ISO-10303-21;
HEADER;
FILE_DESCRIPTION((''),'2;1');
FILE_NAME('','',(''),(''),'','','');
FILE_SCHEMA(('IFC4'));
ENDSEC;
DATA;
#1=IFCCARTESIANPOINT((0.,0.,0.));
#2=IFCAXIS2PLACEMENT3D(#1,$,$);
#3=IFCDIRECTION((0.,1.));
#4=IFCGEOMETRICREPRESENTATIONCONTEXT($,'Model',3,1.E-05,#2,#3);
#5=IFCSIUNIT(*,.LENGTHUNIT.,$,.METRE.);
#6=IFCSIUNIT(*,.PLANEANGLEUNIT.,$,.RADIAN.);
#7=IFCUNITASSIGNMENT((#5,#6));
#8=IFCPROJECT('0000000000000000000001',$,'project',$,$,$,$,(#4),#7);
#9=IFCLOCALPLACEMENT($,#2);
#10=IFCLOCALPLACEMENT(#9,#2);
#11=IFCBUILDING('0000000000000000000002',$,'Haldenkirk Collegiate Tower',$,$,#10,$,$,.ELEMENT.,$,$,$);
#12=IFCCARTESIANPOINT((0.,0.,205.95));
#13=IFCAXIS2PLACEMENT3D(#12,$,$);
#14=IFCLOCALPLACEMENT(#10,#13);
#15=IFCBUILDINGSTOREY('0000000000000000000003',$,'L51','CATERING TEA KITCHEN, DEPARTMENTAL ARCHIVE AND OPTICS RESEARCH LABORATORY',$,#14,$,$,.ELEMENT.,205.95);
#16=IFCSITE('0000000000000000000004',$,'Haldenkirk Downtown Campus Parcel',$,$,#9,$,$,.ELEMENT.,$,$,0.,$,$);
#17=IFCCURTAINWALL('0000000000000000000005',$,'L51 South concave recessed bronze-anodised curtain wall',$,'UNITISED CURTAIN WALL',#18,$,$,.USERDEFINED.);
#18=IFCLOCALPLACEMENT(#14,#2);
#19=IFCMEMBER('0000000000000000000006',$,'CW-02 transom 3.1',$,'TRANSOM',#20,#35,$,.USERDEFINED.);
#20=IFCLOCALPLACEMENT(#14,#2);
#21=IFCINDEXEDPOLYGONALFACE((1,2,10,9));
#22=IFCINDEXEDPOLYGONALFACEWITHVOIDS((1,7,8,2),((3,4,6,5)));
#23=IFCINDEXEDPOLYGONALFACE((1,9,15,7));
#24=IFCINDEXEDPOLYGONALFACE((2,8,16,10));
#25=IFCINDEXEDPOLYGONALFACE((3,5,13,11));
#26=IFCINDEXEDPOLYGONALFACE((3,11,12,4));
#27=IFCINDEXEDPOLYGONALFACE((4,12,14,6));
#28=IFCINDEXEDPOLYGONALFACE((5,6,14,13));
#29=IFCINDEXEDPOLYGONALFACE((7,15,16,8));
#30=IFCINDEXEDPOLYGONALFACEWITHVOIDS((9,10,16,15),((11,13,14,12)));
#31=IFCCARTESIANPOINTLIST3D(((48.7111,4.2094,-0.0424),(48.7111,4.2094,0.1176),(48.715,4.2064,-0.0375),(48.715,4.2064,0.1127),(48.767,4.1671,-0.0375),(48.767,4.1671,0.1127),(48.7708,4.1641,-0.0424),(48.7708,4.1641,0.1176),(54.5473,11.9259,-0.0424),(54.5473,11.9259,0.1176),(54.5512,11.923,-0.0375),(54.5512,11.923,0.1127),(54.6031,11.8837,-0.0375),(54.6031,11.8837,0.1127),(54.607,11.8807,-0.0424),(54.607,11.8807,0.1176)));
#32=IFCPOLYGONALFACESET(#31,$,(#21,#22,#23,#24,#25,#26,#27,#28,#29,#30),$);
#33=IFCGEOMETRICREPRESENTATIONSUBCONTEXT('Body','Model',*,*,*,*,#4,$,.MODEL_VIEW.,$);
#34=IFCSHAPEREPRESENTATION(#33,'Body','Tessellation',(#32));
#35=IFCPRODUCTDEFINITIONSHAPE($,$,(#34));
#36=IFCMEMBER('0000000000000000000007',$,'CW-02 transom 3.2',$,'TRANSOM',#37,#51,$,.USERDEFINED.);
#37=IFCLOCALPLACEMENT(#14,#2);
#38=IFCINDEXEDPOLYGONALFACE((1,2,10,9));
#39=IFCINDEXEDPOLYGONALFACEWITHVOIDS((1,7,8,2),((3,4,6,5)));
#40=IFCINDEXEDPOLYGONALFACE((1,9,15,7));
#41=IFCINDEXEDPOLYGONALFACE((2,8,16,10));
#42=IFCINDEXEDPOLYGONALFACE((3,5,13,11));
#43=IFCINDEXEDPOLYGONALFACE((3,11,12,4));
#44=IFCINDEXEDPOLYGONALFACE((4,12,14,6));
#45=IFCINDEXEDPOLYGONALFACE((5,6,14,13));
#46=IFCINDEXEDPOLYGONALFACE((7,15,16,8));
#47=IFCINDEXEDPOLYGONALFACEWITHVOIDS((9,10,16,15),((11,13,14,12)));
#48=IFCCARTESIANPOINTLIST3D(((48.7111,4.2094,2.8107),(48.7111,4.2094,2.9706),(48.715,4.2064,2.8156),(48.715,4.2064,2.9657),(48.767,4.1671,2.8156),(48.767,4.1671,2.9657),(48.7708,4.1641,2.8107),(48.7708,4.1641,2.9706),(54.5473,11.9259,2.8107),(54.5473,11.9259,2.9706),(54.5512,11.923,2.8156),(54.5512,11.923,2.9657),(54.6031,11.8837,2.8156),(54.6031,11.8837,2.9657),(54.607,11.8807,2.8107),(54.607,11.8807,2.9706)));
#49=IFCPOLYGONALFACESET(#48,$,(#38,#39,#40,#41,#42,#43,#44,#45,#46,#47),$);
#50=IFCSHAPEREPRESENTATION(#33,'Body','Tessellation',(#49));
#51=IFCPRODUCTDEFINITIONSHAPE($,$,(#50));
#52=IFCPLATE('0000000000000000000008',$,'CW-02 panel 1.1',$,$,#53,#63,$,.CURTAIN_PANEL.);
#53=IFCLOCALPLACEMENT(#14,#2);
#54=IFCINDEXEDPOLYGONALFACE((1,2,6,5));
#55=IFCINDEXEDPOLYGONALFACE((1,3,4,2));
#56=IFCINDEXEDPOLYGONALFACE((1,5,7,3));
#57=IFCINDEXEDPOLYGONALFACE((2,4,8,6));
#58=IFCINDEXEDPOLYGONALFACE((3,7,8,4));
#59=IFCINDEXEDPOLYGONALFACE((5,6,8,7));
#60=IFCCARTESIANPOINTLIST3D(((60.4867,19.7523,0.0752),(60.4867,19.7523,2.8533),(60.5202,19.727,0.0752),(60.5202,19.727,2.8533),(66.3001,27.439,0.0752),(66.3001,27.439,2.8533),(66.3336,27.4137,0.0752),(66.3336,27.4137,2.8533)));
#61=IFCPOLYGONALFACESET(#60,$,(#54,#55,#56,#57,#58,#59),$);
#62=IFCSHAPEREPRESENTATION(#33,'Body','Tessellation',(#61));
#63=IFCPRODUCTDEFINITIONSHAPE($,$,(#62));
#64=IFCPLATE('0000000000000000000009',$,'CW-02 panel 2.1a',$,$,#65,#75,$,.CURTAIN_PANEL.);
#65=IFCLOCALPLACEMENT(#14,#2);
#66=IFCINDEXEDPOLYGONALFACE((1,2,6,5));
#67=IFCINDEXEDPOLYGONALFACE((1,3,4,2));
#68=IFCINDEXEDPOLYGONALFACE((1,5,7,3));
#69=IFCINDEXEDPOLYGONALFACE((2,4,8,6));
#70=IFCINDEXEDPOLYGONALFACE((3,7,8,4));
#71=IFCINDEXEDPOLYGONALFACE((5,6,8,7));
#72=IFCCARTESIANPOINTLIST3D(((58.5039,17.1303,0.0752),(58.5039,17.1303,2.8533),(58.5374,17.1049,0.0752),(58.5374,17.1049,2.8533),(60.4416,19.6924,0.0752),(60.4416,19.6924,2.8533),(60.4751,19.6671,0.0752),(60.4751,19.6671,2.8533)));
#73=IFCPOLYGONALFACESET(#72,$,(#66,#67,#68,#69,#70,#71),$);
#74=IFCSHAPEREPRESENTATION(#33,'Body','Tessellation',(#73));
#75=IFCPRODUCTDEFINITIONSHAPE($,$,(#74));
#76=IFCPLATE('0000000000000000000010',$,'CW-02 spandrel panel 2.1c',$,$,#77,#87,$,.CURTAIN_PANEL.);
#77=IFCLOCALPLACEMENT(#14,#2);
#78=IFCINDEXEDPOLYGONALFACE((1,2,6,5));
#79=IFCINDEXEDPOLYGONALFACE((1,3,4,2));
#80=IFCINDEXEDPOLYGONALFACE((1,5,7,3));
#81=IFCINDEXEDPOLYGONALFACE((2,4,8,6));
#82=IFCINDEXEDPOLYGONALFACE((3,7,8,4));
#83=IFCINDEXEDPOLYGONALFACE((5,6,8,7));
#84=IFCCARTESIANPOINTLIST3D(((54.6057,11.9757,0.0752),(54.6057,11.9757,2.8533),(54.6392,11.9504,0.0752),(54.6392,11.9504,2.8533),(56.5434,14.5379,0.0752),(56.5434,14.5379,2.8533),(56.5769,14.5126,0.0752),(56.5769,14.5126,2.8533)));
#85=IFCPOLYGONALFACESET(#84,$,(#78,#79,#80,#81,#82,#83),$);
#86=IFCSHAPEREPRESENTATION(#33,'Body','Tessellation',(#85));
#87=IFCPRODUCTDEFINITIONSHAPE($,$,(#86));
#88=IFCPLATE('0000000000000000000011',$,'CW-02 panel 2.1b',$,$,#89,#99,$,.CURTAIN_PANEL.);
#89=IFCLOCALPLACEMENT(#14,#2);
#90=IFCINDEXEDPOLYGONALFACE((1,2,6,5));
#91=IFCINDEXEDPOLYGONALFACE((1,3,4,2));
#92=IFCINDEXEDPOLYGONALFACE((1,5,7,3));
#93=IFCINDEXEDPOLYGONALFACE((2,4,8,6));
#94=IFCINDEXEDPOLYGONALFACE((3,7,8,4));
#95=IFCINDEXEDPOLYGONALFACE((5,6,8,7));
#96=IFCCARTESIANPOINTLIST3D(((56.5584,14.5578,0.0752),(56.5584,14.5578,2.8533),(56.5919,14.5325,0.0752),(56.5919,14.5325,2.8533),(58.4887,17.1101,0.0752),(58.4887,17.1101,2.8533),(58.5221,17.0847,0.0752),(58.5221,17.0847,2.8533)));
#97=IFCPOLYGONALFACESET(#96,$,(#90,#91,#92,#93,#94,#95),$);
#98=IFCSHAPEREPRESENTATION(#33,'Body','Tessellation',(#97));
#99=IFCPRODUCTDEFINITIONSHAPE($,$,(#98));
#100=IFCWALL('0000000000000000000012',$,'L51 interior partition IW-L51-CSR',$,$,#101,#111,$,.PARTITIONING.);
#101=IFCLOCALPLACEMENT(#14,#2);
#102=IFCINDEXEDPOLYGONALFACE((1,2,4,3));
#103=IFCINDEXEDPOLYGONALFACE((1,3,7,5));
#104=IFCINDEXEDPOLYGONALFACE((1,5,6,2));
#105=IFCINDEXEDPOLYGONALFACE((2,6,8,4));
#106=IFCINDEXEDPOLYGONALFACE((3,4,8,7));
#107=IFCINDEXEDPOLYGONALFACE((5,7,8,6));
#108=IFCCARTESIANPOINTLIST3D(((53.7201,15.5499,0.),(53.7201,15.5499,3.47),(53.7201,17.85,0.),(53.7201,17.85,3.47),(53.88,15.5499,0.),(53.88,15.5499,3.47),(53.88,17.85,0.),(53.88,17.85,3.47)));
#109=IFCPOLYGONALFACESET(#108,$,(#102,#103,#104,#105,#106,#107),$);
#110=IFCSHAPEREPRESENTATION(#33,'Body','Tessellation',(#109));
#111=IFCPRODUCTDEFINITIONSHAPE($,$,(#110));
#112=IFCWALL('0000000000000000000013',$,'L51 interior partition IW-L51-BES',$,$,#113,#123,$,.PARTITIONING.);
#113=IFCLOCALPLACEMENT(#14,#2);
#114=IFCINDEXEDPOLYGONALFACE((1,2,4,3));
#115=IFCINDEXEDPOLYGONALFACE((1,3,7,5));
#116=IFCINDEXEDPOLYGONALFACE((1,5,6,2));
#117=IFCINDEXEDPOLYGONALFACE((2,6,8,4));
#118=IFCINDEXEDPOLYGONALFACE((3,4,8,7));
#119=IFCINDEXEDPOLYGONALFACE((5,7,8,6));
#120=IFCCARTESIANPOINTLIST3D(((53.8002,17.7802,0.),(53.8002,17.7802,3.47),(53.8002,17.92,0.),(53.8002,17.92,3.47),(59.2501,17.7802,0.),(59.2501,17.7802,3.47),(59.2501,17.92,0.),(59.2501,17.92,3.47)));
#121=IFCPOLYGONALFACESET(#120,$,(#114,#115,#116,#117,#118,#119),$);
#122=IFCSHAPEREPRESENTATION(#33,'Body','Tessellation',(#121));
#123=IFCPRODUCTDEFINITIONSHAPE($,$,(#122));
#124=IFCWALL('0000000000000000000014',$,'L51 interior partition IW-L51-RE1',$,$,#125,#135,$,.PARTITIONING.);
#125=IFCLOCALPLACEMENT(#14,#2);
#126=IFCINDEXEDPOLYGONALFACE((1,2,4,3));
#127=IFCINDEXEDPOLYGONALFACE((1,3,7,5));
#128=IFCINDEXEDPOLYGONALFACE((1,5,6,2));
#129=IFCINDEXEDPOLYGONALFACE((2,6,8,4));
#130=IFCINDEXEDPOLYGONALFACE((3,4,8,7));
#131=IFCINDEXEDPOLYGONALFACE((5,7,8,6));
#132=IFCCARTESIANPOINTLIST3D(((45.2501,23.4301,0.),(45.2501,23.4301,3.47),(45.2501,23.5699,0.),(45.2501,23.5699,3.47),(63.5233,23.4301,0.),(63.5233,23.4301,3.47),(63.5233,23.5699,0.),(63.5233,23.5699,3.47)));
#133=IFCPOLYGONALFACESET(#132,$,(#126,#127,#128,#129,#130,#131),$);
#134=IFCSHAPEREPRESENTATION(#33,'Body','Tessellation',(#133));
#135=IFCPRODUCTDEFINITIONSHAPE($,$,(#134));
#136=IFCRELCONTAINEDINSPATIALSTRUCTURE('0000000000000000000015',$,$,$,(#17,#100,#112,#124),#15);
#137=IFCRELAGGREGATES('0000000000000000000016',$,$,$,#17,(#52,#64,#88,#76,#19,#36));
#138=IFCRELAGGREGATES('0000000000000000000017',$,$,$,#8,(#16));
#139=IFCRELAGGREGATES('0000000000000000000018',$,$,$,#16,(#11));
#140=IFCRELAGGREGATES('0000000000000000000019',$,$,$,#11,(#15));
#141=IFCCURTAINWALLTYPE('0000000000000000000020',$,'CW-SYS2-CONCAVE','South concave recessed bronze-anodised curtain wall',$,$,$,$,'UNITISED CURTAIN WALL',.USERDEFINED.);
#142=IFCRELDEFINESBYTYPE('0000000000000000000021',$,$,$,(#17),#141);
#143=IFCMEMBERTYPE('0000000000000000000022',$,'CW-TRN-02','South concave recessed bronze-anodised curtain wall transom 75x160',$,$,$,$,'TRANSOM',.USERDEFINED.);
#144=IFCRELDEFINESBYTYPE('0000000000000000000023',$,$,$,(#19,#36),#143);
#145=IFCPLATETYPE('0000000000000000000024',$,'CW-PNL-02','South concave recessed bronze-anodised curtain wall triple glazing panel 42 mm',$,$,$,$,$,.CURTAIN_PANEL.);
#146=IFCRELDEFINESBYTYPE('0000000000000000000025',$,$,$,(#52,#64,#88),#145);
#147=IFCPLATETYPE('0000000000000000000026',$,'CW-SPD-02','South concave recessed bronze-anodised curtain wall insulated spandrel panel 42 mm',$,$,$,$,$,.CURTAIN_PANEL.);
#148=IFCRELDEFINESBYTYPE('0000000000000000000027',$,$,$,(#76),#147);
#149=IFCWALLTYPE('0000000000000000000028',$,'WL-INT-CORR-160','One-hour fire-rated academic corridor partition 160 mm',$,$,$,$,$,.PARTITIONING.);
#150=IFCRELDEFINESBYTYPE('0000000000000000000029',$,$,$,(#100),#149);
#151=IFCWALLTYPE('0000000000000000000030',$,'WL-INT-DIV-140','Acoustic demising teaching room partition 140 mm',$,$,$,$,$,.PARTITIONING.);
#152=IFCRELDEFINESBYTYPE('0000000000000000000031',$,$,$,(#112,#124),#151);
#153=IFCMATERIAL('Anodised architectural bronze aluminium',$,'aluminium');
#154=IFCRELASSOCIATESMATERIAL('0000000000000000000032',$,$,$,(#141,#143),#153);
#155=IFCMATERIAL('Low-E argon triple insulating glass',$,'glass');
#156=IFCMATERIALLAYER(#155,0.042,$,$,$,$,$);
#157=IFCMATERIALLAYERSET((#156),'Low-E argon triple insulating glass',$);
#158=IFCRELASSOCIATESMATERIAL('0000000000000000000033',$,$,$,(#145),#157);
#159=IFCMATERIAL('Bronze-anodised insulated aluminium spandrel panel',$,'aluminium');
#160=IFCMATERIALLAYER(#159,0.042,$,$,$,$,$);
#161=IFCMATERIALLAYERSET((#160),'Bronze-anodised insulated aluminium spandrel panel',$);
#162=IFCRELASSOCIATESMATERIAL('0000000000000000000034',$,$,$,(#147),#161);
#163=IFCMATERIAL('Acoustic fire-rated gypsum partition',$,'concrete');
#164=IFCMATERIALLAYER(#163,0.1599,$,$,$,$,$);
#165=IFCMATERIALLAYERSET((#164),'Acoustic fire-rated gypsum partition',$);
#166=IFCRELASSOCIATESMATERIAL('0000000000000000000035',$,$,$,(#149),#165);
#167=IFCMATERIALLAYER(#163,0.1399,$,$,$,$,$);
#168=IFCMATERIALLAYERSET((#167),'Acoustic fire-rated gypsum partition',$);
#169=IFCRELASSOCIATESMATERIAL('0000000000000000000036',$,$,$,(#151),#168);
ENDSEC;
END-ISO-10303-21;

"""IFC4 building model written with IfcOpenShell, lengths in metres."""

from ifc_helpers import new_model, si_unit, direction, frame, frame_2d, origin, origin_2d, place, context, subcontext, project, spatial, rectangle, hollow_rectangle, extrude, source, transform, mapped, material, layer, layer_set, material_profile, profile_set, type_object, element, aggregate, save


model = new_model("IFC4")

# Units and contexts
model_context = context("Model", 3, precision=1e-05, world=origin(), true_north=direction((0.0, 1.0)))
body_context = subcontext(model_context, "Body", "Model", "MODEL_VIEW")
ifc_project = project(units=[si_unit("LENGTHUNIT", "METRE"), si_unit("PLANEANGLEUNIT", "RADIAN")], contexts=[model_context])

# Site, building, storey
site_placement = place(None, origin())
site = spatial("IfcSite", under=ifc_project, at=site_placement, Name="Haldenkirk Downtown Campus Parcel", CompositionType="ELEMENT", RefElevation=0.0)
building_placement = place(site_placement, origin())
building = spatial("IfcBuilding", under=site, at=building_placement, Name="Haldenkirk Collegiate Tower", CompositionType="ELEMENT")
storey_placement = place(building_placement, frame((0.0, 0.0, 205.95)))
storey = spatial("IfcBuildingStorey", under=building, at=storey_placement, Name="L51", Description="CATERING TEA KITCHEN, DEPARTMENTAL ARCHIVE AND OPTICS RESEARCH LABORATORY", CompositionType="ELEMENT", Elevation=205.95)

# Curtain wall, members, plates
ifc_material_1 = material(Name="Anodised architectural bronze aluminium", Category="aluminium")
curtain_wall_type = type_object("IfcCurtainWallType", Name="CW-SYS2-CONCAVE", Description="South concave recessed bronze-anodised curtain wall", ElementType="UNITISED CURTAIN WALL", PredefinedType="USERDEFINED", material=ifc_material_1)
curtain_wall_placement = place(storey_placement, origin())
curtain_wall = element("IfcCurtainWall", 1, at=curtain_wall_placement, inside=storey, type_object=curtain_wall_type, Name="L51 South concave recessed bronze-anodised curtain wall", ObjectType="UNITISED CURTAIN WALL", PredefinedType="USERDEFINED")
ifc_material_profile_1 = material_profile(ifc_material_1, hollow_rectangle(XDim=0.075, YDim=0.1599, WallThickness=0.0049, at=origin_2d()), Name="CW-TRN-02")
ifc_profile_set_1 = profile_set([ifc_material_profile_1], Name="Anodised architectural bronze aluminium")
member_type_1 = type_object("IfcMemberType", Name="CW-TRN-02", Description="South concave recessed bronze-anodised curtain wall transom 75x160", ElementType="TRANSOM", PredefinedType="USERDEFINED", material=ifc_profile_set_1)
member_1_placement = place(storey_placement, frame((54.5771, 11.9033, 0.0376), z_axis=(-0.603221, -0.797574, 0.0), x_axis=(0.797574, -0.603221, 0.0)))
member_1 = element("IfcMember", 2, at=member_1_placement, type_object=member_type_1, Name="CW-02 transom 3.1", ObjectType="TRANSOM", PredefinedType="USERDEFINED", context=body_context, shape_type="SweptSolid", body=[
    extrude(hollow_rectangle(XDim=0.075, YDim=0.1599, WallThickness=0.0049, at=origin_2d()), origin(), (0.0, 0.0, 1.0), 9.675),
])
member_2_placement = place(storey_placement, frame((54.5771, 11.9033, 2.8906), z_axis=(-0.603221, -0.797574, 0.0), x_axis=(0.797574, -0.603221, 0.0)))
member_2 = element("IfcMember", 3, at=member_2_placement, type_object=member_type_1, Name="CW-02 transom 3.2", ObjectType="TRANSOM", PredefinedType="USERDEFINED", context=body_context, shape_type="SweptSolid", body=[
    extrude(hollow_rectangle(XDim=0.075, YDim=0.1599, WallThickness=0.0049, at=origin_2d()), origin(), (0.0, 0.0, 1.0), 9.675),
])
ifc_material_2 = material(Name="Low-E argon triple insulating glass", Category="glass")
ifc_layer_1 = layer(ifc_material_2, 0.042)
ifc_layer_set_1 = layer_set([ifc_layer_1], Name="Low-E argon triple insulating glass")
plate_type_1 = type_object("IfcPlateType", Name="CW-PNL-02", Description="South concave recessed bronze-anodised curtain wall triple glazing panel 42 mm", PredefinedType="CURTAIN_PANEL", material=ifc_layer_set_1)
shared_shape_1 = source(origin(), body_context, "Body", "SweptSolid", [
    extrude(rectangle(XDim=9.6375, YDim=0.042, at=origin_2d()), origin(), (0.0, 0.0, 1.0), 2.7781),
])
plate_1_placement = place(storey_placement, frame((63.4102, 23.583, 0.0752), z_axis=(0.0, 0.0, 1.0), x_axis=(-0.603207, -0.797584, 0.0)))
plate_1 = element("IfcPlate", 4, at=plate_1_placement, type_object=plate_type_1, Name="CW-02 panel 1.1", PredefinedType="CURTAIN_PANEL", context=body_context, shape_type="MappedRepresentation", body=[
    mapped(shared_shape_1, transform((0.0, 0.0, 0.0), x_axis=(1.0, 0.0, 0.0), y_axis=(0.0, 1.0, 0.0), z_axis=(0.0, 0.0, 1.0), scale=1.0)),
])
shared_shape_2 = source(origin(), body_context, "Body", "SweptSolid", [
    extrude(rectangle(XDim=3.2124, YDim=0.042, at=origin_2d()), origin(), (0.0, 0.0, 1.0), 2.7781),
])
plate_2_placement = place(storey_placement, frame((59.4895, 18.3987, 0.0752), z_axis=(0.0, 0.0, 1.0), x_axis=(-0.603207, -0.797584, 0.0)))
plate_2 = element("IfcPlate", 5, at=plate_2_placement, type_object=plate_type_1, Name="CW-02 panel 2.1a", PredefinedType="CURTAIN_PANEL", context=body_context, shape_type="MappedRepresentation", body=[
    mapped(shared_shape_2, transform((0.0, 0.0, 0.0), x_axis=(1.0, 0.0, 0.0), y_axis=(0.0, 1.0, 0.0), z_axis=(0.0, 0.0, 1.0), scale=1.0)),
])
ifc_material_3 = material(Name="Bronze-anodised insulated aluminium spandrel panel", Category="aluminium")
ifc_layer_2 = layer(ifc_material_3, 0.042)
ifc_layer_set_2 = layer_set([ifc_layer_2], Name="Bronze-anodised insulated aluminium spandrel panel")
plate_type_2 = type_object("IfcPlateType", Name="CW-SPD-02", Description="South concave recessed bronze-anodised curtain wall insulated spandrel panel 42 mm", PredefinedType="CURTAIN_PANEL", material=ifc_layer_set_2)
plate_3_placement = place(storey_placement, frame((55.5913, 13.2441, 0.0752), z_axis=(0.0, 0.0, 1.0), x_axis=(-0.603207, -0.797584, 0.0)))
plate_3 = element("IfcPlate", 6, at=plate_3_placement, type_object=plate_type_2, Name="CW-02 spandrel panel 2.1c", PredefinedType="CURTAIN_PANEL", context=body_context, shape_type="MappedRepresentation", body=[
    mapped(shared_shape_2, transform((0.0, 0.0, 0.0), x_axis=(1.0, 0.0, 0.0), y_axis=(0.0, 1.0, 0.0), z_axis=(0.0, 0.0, 1.0), scale=1.0)),
])
shared_shape_3 = source(origin(), body_context, "Body", "SweptSolid", [
    extrude(rectangle(XDim=3.2, YDim=0.042, at=origin_2d()), origin(), (0.0, 0.0, 1.0), 2.7781),
])
plate_4_placement = place(storey_placement, frame((57.5403, 15.8213, 0.0752), z_axis=(0.0, 0.0, 1.0), x_axis=(-0.603207, -0.797584, 0.0)))
plate_4 = element("IfcPlate", 7, at=plate_4_placement, type_object=plate_type_1, Name="CW-02 panel 2.1b", PredefinedType="CURTAIN_PANEL", context=body_context, shape_type="MappedRepresentation", body=[
    mapped(shared_shape_3, transform((0.0, 0.0, 0.0), x_axis=(1.0, 0.0, 0.0), y_axis=(0.0, 1.0, 0.0), z_axis=(0.0, 0.0, 1.0), scale=1.0)),
])
aggregate(curtain_wall, [plate_1, plate_2, plate_4, plate_3, member_1, member_2])

# Walls
ifc_material_4 = material(Name="Acoustic fire-rated gypsum partition", Category="concrete")
ifc_layer_3 = layer(ifc_material_4, 0.1599)
ifc_layer_set_3 = layer_set([ifc_layer_3], Name="Acoustic fire-rated gypsum partition")
wall_type_1 = type_object("IfcWallType", Name="WL-INT-CORR-160", Description="One-hour fire-rated academic corridor partition 160 mm", PredefinedType="PARTITIONING", material=ifc_layer_set_3)
wall_1_placement = place(storey_placement, frame((53.8, 15.55, 0.0), z_axis=(0.0, 0.0, 1.0), x_axis=(0.0, 1.0, 0.0)))
element("IfcWall", 8, at=wall_1_placement, inside=storey, type_object=wall_type_1, Name="L51 interior partition IW-L51-CSR", PredefinedType="PARTITIONING", context=body_context, shape_type="SweptSolid", body=[
    extrude(rectangle(XDim=2.3, YDim=0.1599, at=frame_2d((1.1499, 0.0))), origin(), (0.0, 0.0, 1.0), 3.47),
])
ifc_layer_4 = layer(ifc_material_4, 0.1399)
ifc_layer_set_4 = layer_set([ifc_layer_4], Name="Acoustic fire-rated gypsum partition")
wall_type_2 = type_object("IfcWallType", Name="WL-INT-DIV-140", Description="Acoustic demising teaching room partition 140 mm", PredefinedType="PARTITIONING", material=ifc_layer_set_4)
wall_2_placement = place(storey_placement, frame((53.8, 17.8501, 0.0), z_axis=(0.0, 0.0, 1.0), x_axis=(1.0, 0.0, 0.0)))
element("IfcWall", 9, at=wall_2_placement, inside=storey, type_object=wall_type_2, Name="L51 interior partition IW-L51-BES", PredefinedType="PARTITIONING", context=body_context, shape_type="SweptSolid", body=[
    extrude(rectangle(XDim=5.45, YDim=0.1399, at=frame_2d((2.7251, 0.0))), origin(), (0.0, 0.0, 1.0), 3.47),
])
wall_3_placement = place(storey_placement, frame((45.25, 23.5, 0.0), z_axis=(0.0, 0.0, 1.0), x_axis=(1.0, 0.0, 0.0)))
element("IfcWall", 10, at=wall_3_placement, inside=storey, type_object=wall_type_2, Name="L51 interior partition IW-L51-RE1", PredefinedType="PARTITIONING", context=body_context, shape_type="SweptSolid", body=[
    extrude(rectangle(XDim=18.2732, YDim=0.1399, at=frame_2d((9.1367, 0.0))), origin(), (0.0, 0.0, 1.0), 3.47),
])

save(model, "model.ifc")
